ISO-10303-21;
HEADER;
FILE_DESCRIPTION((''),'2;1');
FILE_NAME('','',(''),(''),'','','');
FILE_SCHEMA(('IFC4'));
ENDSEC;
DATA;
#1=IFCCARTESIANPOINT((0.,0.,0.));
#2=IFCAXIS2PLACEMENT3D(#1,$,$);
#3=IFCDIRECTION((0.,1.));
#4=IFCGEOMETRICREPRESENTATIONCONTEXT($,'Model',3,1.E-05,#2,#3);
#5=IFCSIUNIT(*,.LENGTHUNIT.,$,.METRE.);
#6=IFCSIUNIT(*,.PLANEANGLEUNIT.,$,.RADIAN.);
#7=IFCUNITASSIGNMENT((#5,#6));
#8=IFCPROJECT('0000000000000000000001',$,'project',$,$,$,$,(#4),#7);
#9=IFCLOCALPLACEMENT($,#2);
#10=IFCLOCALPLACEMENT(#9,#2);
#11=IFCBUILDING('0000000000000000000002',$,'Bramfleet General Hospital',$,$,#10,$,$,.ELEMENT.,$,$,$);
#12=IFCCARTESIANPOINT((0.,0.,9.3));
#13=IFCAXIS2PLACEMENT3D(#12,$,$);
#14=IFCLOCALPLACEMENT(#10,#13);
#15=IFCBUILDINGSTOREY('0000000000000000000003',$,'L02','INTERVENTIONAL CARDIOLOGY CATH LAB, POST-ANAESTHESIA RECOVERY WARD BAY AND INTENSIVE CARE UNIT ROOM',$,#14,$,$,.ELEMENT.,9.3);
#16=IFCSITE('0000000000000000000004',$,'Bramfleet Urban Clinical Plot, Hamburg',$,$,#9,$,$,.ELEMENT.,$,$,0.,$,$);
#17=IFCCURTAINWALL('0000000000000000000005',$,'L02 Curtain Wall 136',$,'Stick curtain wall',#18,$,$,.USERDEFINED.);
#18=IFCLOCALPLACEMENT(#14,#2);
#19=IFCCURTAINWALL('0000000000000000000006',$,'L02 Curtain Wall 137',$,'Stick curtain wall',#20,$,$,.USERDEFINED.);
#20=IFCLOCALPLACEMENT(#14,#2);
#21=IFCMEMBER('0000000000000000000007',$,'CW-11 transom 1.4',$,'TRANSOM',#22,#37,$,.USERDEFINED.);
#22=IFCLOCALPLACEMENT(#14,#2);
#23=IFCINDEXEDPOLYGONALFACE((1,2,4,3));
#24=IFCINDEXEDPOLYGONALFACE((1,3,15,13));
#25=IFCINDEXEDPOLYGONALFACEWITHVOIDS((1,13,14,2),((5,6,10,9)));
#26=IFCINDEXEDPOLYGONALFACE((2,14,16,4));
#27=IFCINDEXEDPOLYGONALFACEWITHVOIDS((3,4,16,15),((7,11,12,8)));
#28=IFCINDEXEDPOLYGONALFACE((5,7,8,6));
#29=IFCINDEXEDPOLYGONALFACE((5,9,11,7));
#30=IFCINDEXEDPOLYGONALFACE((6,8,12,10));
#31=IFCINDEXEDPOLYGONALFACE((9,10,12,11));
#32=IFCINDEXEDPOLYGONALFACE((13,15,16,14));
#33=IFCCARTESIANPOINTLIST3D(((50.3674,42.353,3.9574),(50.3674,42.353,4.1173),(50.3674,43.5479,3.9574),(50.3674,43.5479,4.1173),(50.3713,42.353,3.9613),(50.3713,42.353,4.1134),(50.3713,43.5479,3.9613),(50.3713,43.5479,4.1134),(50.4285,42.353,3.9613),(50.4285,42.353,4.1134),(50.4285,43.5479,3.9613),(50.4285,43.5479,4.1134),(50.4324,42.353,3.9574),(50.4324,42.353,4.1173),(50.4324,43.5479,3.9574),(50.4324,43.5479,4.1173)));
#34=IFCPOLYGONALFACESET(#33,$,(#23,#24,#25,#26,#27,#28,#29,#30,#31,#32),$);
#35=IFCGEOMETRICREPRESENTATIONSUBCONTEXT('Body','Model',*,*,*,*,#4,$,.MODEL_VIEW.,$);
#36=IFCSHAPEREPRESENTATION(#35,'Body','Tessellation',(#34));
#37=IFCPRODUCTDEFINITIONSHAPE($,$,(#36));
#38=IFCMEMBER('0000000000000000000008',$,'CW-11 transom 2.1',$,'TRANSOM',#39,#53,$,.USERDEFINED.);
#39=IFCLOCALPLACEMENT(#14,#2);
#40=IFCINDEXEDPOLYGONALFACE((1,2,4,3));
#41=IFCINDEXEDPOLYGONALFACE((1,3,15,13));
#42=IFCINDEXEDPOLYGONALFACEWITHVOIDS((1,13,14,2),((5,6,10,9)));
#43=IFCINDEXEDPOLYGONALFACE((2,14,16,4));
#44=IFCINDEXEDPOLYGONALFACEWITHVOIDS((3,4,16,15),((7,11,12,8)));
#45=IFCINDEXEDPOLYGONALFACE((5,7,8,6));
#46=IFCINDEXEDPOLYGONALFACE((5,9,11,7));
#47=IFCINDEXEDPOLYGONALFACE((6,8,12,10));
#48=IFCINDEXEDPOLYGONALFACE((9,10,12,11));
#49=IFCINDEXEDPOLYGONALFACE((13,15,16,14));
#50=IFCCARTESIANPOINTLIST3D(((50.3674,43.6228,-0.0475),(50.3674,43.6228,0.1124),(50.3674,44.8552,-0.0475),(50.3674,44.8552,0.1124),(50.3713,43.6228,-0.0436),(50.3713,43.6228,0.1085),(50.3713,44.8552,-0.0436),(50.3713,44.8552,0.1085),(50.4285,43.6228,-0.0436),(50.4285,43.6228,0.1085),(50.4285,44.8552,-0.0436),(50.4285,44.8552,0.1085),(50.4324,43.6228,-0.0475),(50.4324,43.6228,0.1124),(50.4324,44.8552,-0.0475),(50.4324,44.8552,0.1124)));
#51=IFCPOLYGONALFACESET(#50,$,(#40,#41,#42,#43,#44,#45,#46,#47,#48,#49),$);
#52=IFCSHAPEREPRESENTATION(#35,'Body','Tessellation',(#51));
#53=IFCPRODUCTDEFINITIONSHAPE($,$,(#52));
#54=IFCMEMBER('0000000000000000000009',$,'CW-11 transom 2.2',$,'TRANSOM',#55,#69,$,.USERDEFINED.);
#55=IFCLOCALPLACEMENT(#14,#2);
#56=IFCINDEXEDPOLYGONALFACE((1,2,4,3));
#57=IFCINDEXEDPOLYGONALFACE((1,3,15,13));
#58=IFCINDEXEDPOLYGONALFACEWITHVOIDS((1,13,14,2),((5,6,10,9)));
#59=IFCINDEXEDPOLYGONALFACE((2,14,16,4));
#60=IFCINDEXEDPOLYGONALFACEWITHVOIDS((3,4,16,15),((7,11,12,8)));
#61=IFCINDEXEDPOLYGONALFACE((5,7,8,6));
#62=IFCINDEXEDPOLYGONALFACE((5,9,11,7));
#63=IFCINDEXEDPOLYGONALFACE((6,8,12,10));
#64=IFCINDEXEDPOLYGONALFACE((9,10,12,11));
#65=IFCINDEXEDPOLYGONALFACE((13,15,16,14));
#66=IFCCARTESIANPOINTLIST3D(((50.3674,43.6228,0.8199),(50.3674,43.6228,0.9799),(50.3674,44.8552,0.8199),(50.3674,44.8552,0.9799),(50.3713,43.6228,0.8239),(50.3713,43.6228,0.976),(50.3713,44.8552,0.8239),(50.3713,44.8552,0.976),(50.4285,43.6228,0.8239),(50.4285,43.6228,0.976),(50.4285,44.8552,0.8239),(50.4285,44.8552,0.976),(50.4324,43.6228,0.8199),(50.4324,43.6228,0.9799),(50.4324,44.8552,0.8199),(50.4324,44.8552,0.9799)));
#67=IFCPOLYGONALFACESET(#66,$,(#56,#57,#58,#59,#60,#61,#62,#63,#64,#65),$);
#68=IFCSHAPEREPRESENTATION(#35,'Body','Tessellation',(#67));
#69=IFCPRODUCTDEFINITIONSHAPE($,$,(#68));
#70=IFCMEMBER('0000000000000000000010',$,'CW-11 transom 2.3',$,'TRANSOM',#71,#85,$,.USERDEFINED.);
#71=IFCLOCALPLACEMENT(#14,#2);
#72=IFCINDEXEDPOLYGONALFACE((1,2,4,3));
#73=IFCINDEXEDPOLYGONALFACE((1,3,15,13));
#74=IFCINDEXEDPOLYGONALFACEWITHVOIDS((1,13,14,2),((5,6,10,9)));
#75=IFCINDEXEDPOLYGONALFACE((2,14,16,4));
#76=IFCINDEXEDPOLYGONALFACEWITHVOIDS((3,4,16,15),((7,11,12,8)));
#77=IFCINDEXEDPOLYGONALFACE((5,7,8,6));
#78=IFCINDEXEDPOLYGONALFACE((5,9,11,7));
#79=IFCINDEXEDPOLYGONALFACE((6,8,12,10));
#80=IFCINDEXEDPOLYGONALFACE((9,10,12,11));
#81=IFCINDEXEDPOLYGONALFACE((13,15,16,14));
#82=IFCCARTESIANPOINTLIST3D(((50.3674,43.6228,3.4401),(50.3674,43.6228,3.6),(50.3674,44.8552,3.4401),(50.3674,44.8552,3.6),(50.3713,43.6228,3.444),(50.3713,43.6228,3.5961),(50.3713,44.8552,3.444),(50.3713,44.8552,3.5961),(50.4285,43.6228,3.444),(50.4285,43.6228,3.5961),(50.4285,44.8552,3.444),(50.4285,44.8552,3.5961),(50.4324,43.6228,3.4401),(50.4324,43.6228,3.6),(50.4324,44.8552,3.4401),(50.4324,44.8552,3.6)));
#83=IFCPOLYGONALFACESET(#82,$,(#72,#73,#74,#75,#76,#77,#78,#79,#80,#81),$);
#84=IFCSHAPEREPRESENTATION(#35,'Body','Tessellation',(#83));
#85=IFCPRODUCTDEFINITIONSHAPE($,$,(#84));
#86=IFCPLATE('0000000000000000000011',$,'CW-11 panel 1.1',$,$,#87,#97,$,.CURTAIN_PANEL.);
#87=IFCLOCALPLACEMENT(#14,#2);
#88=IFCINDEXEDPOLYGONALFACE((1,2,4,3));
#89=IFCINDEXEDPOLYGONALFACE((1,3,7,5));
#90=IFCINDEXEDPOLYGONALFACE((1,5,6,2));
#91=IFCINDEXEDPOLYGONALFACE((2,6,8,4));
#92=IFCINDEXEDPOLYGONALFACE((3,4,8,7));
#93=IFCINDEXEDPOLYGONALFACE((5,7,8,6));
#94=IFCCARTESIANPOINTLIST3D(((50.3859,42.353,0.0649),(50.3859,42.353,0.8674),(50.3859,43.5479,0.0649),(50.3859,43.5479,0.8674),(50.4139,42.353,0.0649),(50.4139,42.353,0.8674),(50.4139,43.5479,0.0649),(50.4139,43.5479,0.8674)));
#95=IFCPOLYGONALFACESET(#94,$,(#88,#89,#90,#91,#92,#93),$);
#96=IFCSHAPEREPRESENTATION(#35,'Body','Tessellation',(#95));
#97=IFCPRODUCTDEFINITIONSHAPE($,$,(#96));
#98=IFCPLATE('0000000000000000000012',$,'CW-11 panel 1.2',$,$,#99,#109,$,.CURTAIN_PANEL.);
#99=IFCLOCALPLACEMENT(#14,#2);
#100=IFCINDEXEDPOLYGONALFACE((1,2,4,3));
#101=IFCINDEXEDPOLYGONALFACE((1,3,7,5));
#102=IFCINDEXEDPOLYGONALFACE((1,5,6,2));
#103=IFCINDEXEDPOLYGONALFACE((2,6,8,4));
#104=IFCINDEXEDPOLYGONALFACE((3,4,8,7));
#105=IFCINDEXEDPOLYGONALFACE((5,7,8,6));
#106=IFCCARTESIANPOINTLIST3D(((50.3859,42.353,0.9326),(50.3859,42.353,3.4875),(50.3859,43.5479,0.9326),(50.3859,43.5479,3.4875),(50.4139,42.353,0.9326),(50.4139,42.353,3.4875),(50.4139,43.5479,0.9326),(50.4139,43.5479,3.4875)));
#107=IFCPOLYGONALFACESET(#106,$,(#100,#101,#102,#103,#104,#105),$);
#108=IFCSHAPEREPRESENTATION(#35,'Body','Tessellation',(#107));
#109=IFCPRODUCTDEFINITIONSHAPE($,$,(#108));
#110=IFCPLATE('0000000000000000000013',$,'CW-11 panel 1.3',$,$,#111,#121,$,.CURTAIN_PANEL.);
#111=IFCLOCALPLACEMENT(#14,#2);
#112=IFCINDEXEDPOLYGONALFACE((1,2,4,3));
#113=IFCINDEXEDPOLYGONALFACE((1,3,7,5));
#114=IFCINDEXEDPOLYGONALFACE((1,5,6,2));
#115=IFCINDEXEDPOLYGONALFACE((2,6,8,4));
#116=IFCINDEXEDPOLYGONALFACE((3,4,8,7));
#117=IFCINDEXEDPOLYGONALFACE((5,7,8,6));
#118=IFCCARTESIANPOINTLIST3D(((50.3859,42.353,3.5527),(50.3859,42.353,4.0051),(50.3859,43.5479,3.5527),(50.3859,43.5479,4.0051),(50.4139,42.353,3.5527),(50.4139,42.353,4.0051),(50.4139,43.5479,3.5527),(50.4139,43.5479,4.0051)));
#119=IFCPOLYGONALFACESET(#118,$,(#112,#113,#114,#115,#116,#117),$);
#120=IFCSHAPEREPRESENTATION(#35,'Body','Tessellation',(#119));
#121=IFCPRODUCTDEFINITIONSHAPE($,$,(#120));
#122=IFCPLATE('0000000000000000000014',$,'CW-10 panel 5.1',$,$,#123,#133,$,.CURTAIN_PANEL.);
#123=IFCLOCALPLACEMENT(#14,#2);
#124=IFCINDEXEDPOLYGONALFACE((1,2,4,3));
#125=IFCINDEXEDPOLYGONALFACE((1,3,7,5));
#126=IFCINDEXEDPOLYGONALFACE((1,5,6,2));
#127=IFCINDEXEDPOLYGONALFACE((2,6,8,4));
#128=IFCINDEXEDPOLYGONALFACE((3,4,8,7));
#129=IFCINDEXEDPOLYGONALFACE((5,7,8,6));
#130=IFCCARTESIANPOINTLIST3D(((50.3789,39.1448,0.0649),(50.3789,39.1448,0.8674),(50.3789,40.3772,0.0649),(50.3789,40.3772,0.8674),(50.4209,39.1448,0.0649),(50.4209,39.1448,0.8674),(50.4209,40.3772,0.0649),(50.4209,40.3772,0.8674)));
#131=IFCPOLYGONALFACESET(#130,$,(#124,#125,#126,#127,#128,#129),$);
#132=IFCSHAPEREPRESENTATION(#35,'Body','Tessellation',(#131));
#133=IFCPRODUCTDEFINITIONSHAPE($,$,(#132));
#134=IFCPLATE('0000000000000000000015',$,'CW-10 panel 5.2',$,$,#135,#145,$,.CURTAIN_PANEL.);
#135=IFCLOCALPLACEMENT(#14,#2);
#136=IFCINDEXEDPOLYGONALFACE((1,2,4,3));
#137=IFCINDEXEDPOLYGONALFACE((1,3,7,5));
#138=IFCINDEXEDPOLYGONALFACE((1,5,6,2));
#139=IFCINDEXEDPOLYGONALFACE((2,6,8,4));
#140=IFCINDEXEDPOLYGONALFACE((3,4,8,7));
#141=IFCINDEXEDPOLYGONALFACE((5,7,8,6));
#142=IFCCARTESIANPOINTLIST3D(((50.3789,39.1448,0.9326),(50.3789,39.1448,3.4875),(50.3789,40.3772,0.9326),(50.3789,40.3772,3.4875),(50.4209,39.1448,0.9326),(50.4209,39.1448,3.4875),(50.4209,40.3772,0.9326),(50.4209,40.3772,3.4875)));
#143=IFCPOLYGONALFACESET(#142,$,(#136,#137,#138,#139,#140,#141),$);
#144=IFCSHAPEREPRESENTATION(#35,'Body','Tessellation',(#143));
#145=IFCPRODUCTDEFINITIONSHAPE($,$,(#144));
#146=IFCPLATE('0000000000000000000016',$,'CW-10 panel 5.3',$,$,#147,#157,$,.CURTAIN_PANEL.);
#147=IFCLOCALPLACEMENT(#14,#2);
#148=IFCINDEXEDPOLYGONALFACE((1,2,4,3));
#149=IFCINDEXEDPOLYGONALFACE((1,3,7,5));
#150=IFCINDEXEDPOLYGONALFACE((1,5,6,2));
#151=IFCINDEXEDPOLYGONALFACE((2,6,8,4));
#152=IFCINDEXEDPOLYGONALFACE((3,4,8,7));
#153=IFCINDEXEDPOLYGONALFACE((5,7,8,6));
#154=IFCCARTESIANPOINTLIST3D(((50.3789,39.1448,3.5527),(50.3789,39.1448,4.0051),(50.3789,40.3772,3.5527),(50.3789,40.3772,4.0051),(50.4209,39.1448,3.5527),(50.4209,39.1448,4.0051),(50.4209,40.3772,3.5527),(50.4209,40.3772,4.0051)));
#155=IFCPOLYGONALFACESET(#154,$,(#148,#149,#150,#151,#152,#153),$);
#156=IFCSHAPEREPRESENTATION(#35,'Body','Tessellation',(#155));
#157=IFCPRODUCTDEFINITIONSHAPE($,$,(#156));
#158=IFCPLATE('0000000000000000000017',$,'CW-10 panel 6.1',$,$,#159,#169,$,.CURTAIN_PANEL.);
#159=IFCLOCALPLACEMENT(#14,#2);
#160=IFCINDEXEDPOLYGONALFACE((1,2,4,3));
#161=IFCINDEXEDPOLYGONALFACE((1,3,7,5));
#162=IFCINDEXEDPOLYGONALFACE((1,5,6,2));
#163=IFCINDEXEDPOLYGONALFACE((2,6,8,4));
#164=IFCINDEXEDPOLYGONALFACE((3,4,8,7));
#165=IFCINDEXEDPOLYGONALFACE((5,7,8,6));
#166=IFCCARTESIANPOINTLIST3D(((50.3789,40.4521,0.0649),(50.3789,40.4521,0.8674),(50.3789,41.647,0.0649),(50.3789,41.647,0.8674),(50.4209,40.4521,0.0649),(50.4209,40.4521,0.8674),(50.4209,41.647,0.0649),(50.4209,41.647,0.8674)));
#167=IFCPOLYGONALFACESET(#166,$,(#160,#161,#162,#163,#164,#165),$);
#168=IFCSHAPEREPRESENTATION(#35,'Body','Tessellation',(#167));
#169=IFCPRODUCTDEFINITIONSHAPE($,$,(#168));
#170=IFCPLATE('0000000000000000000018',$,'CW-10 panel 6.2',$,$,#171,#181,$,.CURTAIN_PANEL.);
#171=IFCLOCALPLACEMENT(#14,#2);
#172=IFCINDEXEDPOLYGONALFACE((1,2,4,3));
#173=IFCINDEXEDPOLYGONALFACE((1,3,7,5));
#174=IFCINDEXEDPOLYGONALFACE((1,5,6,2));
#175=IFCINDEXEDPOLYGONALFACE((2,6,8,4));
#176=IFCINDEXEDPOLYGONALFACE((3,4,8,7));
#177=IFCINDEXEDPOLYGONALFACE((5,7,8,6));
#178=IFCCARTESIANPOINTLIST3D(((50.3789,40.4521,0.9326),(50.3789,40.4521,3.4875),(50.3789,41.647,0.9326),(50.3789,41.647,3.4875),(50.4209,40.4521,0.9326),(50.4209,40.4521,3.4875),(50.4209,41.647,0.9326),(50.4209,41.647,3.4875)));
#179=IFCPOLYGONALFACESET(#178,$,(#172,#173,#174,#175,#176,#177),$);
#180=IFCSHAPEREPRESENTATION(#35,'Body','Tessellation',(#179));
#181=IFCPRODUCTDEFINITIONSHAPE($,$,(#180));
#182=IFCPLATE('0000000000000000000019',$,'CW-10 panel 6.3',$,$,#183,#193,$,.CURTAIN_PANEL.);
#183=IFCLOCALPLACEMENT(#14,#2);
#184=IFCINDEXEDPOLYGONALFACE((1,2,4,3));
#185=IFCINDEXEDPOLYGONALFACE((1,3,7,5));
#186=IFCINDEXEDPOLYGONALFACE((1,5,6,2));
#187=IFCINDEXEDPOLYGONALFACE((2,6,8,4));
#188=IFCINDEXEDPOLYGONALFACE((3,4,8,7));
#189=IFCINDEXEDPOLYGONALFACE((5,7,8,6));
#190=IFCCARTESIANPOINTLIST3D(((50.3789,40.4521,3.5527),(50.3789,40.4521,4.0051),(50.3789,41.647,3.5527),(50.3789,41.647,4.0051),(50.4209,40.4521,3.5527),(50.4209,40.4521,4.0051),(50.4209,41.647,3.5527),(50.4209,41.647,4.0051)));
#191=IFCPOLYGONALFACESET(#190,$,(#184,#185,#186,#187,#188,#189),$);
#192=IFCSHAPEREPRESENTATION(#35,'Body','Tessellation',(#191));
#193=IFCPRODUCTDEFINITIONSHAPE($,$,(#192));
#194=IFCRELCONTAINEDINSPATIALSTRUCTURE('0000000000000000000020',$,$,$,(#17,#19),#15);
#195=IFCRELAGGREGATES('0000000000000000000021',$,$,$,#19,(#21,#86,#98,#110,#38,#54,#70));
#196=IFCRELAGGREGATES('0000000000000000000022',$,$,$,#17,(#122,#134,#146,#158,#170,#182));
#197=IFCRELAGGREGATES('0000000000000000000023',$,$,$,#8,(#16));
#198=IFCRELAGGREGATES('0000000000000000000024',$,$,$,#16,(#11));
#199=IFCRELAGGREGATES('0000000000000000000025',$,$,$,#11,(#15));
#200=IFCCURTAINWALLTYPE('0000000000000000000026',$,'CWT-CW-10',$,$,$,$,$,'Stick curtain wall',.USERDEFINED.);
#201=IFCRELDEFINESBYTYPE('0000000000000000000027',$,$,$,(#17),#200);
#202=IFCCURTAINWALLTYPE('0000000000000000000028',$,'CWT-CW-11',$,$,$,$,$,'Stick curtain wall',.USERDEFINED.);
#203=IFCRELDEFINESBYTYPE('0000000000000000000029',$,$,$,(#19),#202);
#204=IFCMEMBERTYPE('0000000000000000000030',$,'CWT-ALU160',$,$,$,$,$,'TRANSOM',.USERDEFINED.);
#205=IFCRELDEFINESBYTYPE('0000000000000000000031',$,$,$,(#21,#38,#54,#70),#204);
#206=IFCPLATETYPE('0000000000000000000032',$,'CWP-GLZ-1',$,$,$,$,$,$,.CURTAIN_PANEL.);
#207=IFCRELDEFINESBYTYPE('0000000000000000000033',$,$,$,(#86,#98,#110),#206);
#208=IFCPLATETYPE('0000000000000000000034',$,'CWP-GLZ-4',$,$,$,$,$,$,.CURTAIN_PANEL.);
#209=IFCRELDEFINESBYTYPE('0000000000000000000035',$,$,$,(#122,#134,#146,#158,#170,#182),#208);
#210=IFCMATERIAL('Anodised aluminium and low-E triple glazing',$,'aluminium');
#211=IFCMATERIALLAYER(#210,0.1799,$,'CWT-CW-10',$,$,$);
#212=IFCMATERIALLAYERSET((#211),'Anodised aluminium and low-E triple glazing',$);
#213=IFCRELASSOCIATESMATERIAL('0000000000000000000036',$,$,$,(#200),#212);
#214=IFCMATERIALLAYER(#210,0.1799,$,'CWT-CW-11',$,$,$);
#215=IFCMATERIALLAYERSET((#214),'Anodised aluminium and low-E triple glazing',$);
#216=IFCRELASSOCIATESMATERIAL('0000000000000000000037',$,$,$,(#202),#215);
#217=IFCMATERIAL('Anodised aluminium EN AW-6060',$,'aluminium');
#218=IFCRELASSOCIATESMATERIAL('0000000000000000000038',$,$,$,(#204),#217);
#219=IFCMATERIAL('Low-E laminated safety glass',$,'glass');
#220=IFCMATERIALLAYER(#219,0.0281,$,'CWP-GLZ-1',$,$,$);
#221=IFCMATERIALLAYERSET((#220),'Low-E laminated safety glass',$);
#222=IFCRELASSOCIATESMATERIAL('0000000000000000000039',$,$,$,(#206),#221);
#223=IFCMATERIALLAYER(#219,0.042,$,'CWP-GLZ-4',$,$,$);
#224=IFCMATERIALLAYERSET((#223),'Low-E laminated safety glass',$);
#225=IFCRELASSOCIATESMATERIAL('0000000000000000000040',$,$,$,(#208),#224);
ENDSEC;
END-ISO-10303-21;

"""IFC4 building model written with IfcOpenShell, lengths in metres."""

from ifc_helpers import new_model, si_unit, direction, frame, origin, origin_2d, place, context, subcontext, project, spatial, rectangle, hollow_rectangle, extrude, material, layer, layer_set, material_profile, profile_set, type_object, element, aggregate, save


model = new_model("IFC4")

# Units and contexts
model_context = context("Model", 3, precision=1e-05, world=origin(), true_north=direction((0.0, 1.0)))
body_context = subcontext(model_context, "Body", "Model", "MODEL_VIEW")
ifc_project = project(units=[si_unit("LENGTHUNIT", "METRE"), si_unit("PLANEANGLEUNIT", "RADIAN")], contexts=[model_context])

# Site, building, storey
site_placement = place(None, origin())
site = spatial("IfcSite", under=ifc_project, at=site_placement, Name="Bramfleet Urban Clinical Plot, Hamburg", CompositionType="ELEMENT", RefElevation=0.0)
building_placement = place(site_placement, origin())
building = spatial("IfcBuilding", under=site, at=building_placement, Name="Bramfleet General Hospital", CompositionType="ELEMENT")
storey_placement = place(building_placement, frame((0.0, 0.0, 9.3)))
storey = spatial("IfcBuildingStorey", under=building, at=storey_placement, Name="L02", Description="INTERVENTIONAL CARDIOLOGY CATH LAB, POST-ANAESTHESIA RECOVERY WARD BAY AND INTENSIVE CARE UNIT ROOM", CompositionType="ELEMENT", Elevation=9.3)

# Curtain walls
ifc_material_1 = material(Name="Anodised aluminium and low-E triple glazing", Category="aluminium")
ifc_layer_1 = layer(ifc_material_1, 0.1799, Name="CWT-CW-10")
ifc_layer_set_1 = layer_set([ifc_layer_1], Name="Anodised aluminium and low-E triple glazing")
curtain_wall_type_1 = type_object("IfcCurtainWallType", Name="CWT-CW-10", ElementType="Stick curtain wall", PredefinedType="USERDEFINED", material=ifc_layer_set_1)
curtain_wall_1_placement = place(storey_placement, origin())
curtain_wall_1 = element("IfcCurtainWall", 1, at=curtain_wall_1_placement, inside=storey, type_object=curtain_wall_type_1, Name="L02 Curtain Wall 136", ObjectType="Stick curtain wall", PredefinedType="USERDEFINED")
ifc_material_2 = material(Name="Anodised aluminium EN AW-6060", Category="aluminium")
ifc_layer_2 = layer(ifc_material_1, 0.1799, Name="CWT-CW-11")
ifc_layer_set_2 = layer_set([ifc_layer_2], Name="Anodised aluminium and low-E triple glazing")
curtain_wall_type_2 = type_object("IfcCurtainWallType", Name="CWT-CW-11", ElementType="Stick curtain wall", PredefinedType="USERDEFINED", material=ifc_layer_set_2)
curtain_wall_2_placement = place(storey_placement, origin())
curtain_wall_2 = element("IfcCurtainWall", 2, at=curtain_wall_2_placement, inside=storey, type_object=curtain_wall_type_2, Name="L02 Curtain Wall 137", ObjectType="Stick curtain wall", PredefinedType="USERDEFINED")

# Members
ifc_material_profile_1 = material_profile(ifc_material_2, hollow_rectangle(XDim=0.0649, YDim=0.1599, WallThickness=0.0039, at=origin_2d()), Name="ALU 160x65x4.0")
ifc_profile_set_1 = profile_set([ifc_material_profile_1], Name="Anodised aluminium EN AW-6060")
member_type_1 = type_object("IfcMemberType", Name="CWT-ALU160", ElementType="TRANSOM", PredefinedType="USERDEFINED", material=ifc_profile_set_1)
member_1_placement = place(storey_placement, frame((50.3999, 42.353, 4.0374), z_axis=(0.0, 1.0, 0.0), x_axis=(-1.0, 0.0, 0.0)))
member_1 = element("IfcMember", 3, at=member_1_placement, type_object=member_type_1, Name="CW-11 transom 1.4", ObjectType="TRANSOM", PredefinedType="USERDEFINED", context=body_context, shape_type="SweptSolid", body=[
    extrude(hollow_rectangle(XDim=0.0649, YDim=0.1599, WallThickness=0.0039, at=origin_2d()), origin(), (0.0, 0.0, 1.0), 1.1948),
])
member_2_placement = place(storey_placement, frame((50.3999, 43.6228, 0.0325), z_axis=(0.0, 1.0, 0.0), x_axis=(-1.0, 0.0, 0.0)))
member_2 = element("IfcMember", 4, at=member_2_placement, type_object=member_type_1, Name="CW-11 transom 2.1", ObjectType="TRANSOM", PredefinedType="USERDEFINED", context=body_context, shape_type="SweptSolid", body=[
    extrude(hollow_rectangle(XDim=0.0649, YDim=0.1599, WallThickness=0.0039, at=origin_2d()), origin(), (0.0, 0.0, 1.0), 1.2324),
])
member_3_placement = place(storey_placement, frame((50.3999, 43.6228, 0.8999), z_axis=(0.0, 1.0, 0.0), x_axis=(-1.0, 0.0, 0.0)))
member_3 = element("IfcMember", 5, at=member_3_placement, type_object=member_type_1, Name="CW-11 transom 2.2", ObjectType="TRANSOM", PredefinedType="USERDEFINED", context=body_context, shape_type="SweptSolid", body=[
    extrude(hollow_rectangle(XDim=0.0649, YDim=0.1599, WallThickness=0.0039, at=origin_2d()), origin(), (0.0, 0.0, 1.0), 1.2324),
])
member_4_placement = place(storey_placement, frame((50.3999, 43.6228, 3.52), z_axis=(0.0, 1.0, 0.0), x_axis=(-1.0, 0.0, 0.0)))
member_4 = element("IfcMember", 6, at=member_4_placement, type_object=member_type_1, Name="CW-11 transom 2.3", ObjectType="TRANSOM", PredefinedType="USERDEFINED", context=body_context, shape_type="SweptSolid", body=[
    extrude(hollow_rectangle(XDim=0.0649, YDim=0.1599, WallThickness=0.0039, at=origin_2d()), origin(), (0.0, 0.0, 1.0), 1.2324),
])

# Plates
ifc_material_3 = material(Name="Low-E laminated safety glass", Category="glass")
ifc_layer_3 = layer(ifc_material_3, 0.0281, Name="CWP-GLZ-1")
ifc_layer_set_3 = layer_set([ifc_layer_3], Name="Low-E laminated safety glass")
plate_type_1 = type_object("IfcPlateType", Name="CWP-GLZ-1", PredefinedType="CURTAIN_PANEL", material=ifc_layer_set_3)
plate_1_placement = place(storey_placement, frame((50.3999, 42.9504, 0.0649), z_axis=(0.0, 0.0, 1.0), x_axis=(0.0, 1.0, 0.0)))
plate_1 = element("IfcPlate", 7, at=plate_1_placement, type_object=plate_type_1, Name="CW-11 panel 1.1", PredefinedType="CURTAIN_PANEL", context=body_context, shape_type="SweptSolid", body=[
    extrude(rectangle(XDim=1.1948, YDim=0.0281, at=origin_2d()), origin(), (0.0, 0.0, 1.0), 0.8025),
])
plate_2_placement = place(storey_placement, frame((50.3999, 42.9504, 0.9326), z_axis=(0.0, 0.0, 1.0), x_axis=(0.0, 1.0, 0.0)))
plate_2 = element("IfcPlate", 8, at=plate_2_placement, type_object=plate_type_1, Name="CW-11 panel 1.2", PredefinedType="CURTAIN_PANEL", context=body_context, shape_type="SweptSolid", body=[
    extrude(rectangle(XDim=1.1948, YDim=0.0281, at=origin_2d()), origin(), (0.0, 0.0, 1.0), 2.5549),
])
plate_3_placement = place(storey_placement, frame((50.3999, 42.9504, 3.5527), z_axis=(0.0, 0.0, 1.0), x_axis=(0.0, 1.0, 0.0)))
plate_3 = element("IfcPlate", 9, at=plate_3_placement, type_object=plate_type_1, Name="CW-11 panel 1.3", PredefinedType="CURTAIN_PANEL", context=body_context, shape_type="SweptSolid", body=[
    extrude(rectangle(XDim=1.1948, YDim=0.0281, at=origin_2d()), origin(), (0.0, 0.0, 1.0), 0.4524),
])
aggregate(curtain_wall_2, [member_1, plate_1, plate_2, plate_3, member_2, member_3, member_4])
ifc_layer_4 = layer(ifc_material_3, 0.042, Name="CWP-GLZ-4")
ifc_layer_set_4 = layer_set([ifc_layer_4], Name="Low-E laminated safety glass")
plate_type_2 = type_object("IfcPlateType", Name="CWP-GLZ-4", PredefinedType="CURTAIN_PANEL", material=ifc_layer_set_4)
plate_4_placement = place(storey_placement, frame((50.3999, 39.761, 0.0649), z_axis=(0.0, 0.0, 1.0), x_axis=(0.0, 1.0, 0.0)))
plate_4 = element("IfcPlate", 10, at=plate_4_placement, type_object=plate_type_2, Name="CW-10 panel 5.1", PredefinedType="CURTAIN_PANEL", context=body_context, shape_type="SweptSolid", body=[
    extrude(rectangle(XDim=1.2324, YDim=0.042, at=origin_2d()), origin(), (0.0, 0.0, 1.0), 0.8025),
])
plate_5_placement = place(storey_placement, frame((50.3999, 39.761, 0.9326), z_axis=(0.0, 0.0, 1.0), x_axis=(0.0, 1.0, 0.0)))
plate_5 = element("IfcPlate", 11, at=plate_5_placement, type_object=plate_type_2, Name="CW-10 panel 5.2", PredefinedType="CURTAIN_PANEL", context=body_context, shape_type="SweptSolid", body=[
    extrude(rectangle(XDim=1.2324, YDim=0.042, at=origin_2d()), origin(), (0.0, 0.0, 1.0), 2.5549),
])
plate_6_placement = place(storey_placement, frame((50.3999, 39.761, 3.5527), z_axis=(0.0, 0.0, 1.0), x_axis=(0.0, 1.0, 0.0)))
plate_6 = element("IfcPlate", 12, at=plate_6_placement, type_object=plate_type_2, Name="CW-10 panel 5.3", PredefinedType="CURTAIN_PANEL", context=body_context, shape_type="SweptSolid", body=[
    extrude(rectangle(XDim=1.2324, YDim=0.042, at=origin_2d()), origin(), (0.0, 0.0, 1.0), 0.4524),
])
plate_7_placement = place(storey_placement, frame((50.3999, 41.0496, 0.0649), z_axis=(0.0, 0.0, 1.0), x_axis=(0.0, 1.0, 0.0)))
plate_7 = element("IfcPlate", 13, at=plate_7_placement, type_object=plate_type_2, Name="CW-10 panel 6.1", PredefinedType="CURTAIN_PANEL", context=body_context, shape_type="SweptSolid", body=[
    extrude(rectangle(XDim=1.1948, YDim=0.042, at=origin_2d()), origin(), (0.0, 0.0, 1.0), 0.8025),
])
plate_8_placement = place(storey_placement, frame((50.3999, 41.0496, 0.9326), z_axis=(0.0, 0.0, 1.0), x_axis=(0.0, 1.0, 0.0)))
plate_8 = element("IfcPlate", 14, at=plate_8_placement, type_object=plate_type_2, Name="CW-10 panel 6.2", PredefinedType="CURTAIN_PANEL", context=body_context, shape_type="SweptSolid", body=[
    extrude(rectangle(XDim=1.1948, YDim=0.042, at=origin_2d()), origin(), (0.0, 0.0, 1.0), 2.5549),
])
plate_9_placement = place(storey_placement, frame((50.3999, 41.0496, 3.5527), z_axis=(0.0, 0.0, 1.0), x_axis=(0.0, 1.0, 0.0)))
plate_9 = element("IfcPlate", 15, at=plate_9_placement, type_object=plate_type_2, Name="CW-10 panel 6.3", PredefinedType="CURTAIN_PANEL", context=body_context, shape_type="SweptSolid", body=[
    extrude(rectangle(XDim=1.1948, YDim=0.042, at=origin_2d()), origin(), (0.0, 0.0, 1.0), 0.4524),
])
aggregate(curtain_wall_1, [plate_4, plate_5, plate_6, plate_7, plate_8, plate_9])

save(model, "model.ifc")
